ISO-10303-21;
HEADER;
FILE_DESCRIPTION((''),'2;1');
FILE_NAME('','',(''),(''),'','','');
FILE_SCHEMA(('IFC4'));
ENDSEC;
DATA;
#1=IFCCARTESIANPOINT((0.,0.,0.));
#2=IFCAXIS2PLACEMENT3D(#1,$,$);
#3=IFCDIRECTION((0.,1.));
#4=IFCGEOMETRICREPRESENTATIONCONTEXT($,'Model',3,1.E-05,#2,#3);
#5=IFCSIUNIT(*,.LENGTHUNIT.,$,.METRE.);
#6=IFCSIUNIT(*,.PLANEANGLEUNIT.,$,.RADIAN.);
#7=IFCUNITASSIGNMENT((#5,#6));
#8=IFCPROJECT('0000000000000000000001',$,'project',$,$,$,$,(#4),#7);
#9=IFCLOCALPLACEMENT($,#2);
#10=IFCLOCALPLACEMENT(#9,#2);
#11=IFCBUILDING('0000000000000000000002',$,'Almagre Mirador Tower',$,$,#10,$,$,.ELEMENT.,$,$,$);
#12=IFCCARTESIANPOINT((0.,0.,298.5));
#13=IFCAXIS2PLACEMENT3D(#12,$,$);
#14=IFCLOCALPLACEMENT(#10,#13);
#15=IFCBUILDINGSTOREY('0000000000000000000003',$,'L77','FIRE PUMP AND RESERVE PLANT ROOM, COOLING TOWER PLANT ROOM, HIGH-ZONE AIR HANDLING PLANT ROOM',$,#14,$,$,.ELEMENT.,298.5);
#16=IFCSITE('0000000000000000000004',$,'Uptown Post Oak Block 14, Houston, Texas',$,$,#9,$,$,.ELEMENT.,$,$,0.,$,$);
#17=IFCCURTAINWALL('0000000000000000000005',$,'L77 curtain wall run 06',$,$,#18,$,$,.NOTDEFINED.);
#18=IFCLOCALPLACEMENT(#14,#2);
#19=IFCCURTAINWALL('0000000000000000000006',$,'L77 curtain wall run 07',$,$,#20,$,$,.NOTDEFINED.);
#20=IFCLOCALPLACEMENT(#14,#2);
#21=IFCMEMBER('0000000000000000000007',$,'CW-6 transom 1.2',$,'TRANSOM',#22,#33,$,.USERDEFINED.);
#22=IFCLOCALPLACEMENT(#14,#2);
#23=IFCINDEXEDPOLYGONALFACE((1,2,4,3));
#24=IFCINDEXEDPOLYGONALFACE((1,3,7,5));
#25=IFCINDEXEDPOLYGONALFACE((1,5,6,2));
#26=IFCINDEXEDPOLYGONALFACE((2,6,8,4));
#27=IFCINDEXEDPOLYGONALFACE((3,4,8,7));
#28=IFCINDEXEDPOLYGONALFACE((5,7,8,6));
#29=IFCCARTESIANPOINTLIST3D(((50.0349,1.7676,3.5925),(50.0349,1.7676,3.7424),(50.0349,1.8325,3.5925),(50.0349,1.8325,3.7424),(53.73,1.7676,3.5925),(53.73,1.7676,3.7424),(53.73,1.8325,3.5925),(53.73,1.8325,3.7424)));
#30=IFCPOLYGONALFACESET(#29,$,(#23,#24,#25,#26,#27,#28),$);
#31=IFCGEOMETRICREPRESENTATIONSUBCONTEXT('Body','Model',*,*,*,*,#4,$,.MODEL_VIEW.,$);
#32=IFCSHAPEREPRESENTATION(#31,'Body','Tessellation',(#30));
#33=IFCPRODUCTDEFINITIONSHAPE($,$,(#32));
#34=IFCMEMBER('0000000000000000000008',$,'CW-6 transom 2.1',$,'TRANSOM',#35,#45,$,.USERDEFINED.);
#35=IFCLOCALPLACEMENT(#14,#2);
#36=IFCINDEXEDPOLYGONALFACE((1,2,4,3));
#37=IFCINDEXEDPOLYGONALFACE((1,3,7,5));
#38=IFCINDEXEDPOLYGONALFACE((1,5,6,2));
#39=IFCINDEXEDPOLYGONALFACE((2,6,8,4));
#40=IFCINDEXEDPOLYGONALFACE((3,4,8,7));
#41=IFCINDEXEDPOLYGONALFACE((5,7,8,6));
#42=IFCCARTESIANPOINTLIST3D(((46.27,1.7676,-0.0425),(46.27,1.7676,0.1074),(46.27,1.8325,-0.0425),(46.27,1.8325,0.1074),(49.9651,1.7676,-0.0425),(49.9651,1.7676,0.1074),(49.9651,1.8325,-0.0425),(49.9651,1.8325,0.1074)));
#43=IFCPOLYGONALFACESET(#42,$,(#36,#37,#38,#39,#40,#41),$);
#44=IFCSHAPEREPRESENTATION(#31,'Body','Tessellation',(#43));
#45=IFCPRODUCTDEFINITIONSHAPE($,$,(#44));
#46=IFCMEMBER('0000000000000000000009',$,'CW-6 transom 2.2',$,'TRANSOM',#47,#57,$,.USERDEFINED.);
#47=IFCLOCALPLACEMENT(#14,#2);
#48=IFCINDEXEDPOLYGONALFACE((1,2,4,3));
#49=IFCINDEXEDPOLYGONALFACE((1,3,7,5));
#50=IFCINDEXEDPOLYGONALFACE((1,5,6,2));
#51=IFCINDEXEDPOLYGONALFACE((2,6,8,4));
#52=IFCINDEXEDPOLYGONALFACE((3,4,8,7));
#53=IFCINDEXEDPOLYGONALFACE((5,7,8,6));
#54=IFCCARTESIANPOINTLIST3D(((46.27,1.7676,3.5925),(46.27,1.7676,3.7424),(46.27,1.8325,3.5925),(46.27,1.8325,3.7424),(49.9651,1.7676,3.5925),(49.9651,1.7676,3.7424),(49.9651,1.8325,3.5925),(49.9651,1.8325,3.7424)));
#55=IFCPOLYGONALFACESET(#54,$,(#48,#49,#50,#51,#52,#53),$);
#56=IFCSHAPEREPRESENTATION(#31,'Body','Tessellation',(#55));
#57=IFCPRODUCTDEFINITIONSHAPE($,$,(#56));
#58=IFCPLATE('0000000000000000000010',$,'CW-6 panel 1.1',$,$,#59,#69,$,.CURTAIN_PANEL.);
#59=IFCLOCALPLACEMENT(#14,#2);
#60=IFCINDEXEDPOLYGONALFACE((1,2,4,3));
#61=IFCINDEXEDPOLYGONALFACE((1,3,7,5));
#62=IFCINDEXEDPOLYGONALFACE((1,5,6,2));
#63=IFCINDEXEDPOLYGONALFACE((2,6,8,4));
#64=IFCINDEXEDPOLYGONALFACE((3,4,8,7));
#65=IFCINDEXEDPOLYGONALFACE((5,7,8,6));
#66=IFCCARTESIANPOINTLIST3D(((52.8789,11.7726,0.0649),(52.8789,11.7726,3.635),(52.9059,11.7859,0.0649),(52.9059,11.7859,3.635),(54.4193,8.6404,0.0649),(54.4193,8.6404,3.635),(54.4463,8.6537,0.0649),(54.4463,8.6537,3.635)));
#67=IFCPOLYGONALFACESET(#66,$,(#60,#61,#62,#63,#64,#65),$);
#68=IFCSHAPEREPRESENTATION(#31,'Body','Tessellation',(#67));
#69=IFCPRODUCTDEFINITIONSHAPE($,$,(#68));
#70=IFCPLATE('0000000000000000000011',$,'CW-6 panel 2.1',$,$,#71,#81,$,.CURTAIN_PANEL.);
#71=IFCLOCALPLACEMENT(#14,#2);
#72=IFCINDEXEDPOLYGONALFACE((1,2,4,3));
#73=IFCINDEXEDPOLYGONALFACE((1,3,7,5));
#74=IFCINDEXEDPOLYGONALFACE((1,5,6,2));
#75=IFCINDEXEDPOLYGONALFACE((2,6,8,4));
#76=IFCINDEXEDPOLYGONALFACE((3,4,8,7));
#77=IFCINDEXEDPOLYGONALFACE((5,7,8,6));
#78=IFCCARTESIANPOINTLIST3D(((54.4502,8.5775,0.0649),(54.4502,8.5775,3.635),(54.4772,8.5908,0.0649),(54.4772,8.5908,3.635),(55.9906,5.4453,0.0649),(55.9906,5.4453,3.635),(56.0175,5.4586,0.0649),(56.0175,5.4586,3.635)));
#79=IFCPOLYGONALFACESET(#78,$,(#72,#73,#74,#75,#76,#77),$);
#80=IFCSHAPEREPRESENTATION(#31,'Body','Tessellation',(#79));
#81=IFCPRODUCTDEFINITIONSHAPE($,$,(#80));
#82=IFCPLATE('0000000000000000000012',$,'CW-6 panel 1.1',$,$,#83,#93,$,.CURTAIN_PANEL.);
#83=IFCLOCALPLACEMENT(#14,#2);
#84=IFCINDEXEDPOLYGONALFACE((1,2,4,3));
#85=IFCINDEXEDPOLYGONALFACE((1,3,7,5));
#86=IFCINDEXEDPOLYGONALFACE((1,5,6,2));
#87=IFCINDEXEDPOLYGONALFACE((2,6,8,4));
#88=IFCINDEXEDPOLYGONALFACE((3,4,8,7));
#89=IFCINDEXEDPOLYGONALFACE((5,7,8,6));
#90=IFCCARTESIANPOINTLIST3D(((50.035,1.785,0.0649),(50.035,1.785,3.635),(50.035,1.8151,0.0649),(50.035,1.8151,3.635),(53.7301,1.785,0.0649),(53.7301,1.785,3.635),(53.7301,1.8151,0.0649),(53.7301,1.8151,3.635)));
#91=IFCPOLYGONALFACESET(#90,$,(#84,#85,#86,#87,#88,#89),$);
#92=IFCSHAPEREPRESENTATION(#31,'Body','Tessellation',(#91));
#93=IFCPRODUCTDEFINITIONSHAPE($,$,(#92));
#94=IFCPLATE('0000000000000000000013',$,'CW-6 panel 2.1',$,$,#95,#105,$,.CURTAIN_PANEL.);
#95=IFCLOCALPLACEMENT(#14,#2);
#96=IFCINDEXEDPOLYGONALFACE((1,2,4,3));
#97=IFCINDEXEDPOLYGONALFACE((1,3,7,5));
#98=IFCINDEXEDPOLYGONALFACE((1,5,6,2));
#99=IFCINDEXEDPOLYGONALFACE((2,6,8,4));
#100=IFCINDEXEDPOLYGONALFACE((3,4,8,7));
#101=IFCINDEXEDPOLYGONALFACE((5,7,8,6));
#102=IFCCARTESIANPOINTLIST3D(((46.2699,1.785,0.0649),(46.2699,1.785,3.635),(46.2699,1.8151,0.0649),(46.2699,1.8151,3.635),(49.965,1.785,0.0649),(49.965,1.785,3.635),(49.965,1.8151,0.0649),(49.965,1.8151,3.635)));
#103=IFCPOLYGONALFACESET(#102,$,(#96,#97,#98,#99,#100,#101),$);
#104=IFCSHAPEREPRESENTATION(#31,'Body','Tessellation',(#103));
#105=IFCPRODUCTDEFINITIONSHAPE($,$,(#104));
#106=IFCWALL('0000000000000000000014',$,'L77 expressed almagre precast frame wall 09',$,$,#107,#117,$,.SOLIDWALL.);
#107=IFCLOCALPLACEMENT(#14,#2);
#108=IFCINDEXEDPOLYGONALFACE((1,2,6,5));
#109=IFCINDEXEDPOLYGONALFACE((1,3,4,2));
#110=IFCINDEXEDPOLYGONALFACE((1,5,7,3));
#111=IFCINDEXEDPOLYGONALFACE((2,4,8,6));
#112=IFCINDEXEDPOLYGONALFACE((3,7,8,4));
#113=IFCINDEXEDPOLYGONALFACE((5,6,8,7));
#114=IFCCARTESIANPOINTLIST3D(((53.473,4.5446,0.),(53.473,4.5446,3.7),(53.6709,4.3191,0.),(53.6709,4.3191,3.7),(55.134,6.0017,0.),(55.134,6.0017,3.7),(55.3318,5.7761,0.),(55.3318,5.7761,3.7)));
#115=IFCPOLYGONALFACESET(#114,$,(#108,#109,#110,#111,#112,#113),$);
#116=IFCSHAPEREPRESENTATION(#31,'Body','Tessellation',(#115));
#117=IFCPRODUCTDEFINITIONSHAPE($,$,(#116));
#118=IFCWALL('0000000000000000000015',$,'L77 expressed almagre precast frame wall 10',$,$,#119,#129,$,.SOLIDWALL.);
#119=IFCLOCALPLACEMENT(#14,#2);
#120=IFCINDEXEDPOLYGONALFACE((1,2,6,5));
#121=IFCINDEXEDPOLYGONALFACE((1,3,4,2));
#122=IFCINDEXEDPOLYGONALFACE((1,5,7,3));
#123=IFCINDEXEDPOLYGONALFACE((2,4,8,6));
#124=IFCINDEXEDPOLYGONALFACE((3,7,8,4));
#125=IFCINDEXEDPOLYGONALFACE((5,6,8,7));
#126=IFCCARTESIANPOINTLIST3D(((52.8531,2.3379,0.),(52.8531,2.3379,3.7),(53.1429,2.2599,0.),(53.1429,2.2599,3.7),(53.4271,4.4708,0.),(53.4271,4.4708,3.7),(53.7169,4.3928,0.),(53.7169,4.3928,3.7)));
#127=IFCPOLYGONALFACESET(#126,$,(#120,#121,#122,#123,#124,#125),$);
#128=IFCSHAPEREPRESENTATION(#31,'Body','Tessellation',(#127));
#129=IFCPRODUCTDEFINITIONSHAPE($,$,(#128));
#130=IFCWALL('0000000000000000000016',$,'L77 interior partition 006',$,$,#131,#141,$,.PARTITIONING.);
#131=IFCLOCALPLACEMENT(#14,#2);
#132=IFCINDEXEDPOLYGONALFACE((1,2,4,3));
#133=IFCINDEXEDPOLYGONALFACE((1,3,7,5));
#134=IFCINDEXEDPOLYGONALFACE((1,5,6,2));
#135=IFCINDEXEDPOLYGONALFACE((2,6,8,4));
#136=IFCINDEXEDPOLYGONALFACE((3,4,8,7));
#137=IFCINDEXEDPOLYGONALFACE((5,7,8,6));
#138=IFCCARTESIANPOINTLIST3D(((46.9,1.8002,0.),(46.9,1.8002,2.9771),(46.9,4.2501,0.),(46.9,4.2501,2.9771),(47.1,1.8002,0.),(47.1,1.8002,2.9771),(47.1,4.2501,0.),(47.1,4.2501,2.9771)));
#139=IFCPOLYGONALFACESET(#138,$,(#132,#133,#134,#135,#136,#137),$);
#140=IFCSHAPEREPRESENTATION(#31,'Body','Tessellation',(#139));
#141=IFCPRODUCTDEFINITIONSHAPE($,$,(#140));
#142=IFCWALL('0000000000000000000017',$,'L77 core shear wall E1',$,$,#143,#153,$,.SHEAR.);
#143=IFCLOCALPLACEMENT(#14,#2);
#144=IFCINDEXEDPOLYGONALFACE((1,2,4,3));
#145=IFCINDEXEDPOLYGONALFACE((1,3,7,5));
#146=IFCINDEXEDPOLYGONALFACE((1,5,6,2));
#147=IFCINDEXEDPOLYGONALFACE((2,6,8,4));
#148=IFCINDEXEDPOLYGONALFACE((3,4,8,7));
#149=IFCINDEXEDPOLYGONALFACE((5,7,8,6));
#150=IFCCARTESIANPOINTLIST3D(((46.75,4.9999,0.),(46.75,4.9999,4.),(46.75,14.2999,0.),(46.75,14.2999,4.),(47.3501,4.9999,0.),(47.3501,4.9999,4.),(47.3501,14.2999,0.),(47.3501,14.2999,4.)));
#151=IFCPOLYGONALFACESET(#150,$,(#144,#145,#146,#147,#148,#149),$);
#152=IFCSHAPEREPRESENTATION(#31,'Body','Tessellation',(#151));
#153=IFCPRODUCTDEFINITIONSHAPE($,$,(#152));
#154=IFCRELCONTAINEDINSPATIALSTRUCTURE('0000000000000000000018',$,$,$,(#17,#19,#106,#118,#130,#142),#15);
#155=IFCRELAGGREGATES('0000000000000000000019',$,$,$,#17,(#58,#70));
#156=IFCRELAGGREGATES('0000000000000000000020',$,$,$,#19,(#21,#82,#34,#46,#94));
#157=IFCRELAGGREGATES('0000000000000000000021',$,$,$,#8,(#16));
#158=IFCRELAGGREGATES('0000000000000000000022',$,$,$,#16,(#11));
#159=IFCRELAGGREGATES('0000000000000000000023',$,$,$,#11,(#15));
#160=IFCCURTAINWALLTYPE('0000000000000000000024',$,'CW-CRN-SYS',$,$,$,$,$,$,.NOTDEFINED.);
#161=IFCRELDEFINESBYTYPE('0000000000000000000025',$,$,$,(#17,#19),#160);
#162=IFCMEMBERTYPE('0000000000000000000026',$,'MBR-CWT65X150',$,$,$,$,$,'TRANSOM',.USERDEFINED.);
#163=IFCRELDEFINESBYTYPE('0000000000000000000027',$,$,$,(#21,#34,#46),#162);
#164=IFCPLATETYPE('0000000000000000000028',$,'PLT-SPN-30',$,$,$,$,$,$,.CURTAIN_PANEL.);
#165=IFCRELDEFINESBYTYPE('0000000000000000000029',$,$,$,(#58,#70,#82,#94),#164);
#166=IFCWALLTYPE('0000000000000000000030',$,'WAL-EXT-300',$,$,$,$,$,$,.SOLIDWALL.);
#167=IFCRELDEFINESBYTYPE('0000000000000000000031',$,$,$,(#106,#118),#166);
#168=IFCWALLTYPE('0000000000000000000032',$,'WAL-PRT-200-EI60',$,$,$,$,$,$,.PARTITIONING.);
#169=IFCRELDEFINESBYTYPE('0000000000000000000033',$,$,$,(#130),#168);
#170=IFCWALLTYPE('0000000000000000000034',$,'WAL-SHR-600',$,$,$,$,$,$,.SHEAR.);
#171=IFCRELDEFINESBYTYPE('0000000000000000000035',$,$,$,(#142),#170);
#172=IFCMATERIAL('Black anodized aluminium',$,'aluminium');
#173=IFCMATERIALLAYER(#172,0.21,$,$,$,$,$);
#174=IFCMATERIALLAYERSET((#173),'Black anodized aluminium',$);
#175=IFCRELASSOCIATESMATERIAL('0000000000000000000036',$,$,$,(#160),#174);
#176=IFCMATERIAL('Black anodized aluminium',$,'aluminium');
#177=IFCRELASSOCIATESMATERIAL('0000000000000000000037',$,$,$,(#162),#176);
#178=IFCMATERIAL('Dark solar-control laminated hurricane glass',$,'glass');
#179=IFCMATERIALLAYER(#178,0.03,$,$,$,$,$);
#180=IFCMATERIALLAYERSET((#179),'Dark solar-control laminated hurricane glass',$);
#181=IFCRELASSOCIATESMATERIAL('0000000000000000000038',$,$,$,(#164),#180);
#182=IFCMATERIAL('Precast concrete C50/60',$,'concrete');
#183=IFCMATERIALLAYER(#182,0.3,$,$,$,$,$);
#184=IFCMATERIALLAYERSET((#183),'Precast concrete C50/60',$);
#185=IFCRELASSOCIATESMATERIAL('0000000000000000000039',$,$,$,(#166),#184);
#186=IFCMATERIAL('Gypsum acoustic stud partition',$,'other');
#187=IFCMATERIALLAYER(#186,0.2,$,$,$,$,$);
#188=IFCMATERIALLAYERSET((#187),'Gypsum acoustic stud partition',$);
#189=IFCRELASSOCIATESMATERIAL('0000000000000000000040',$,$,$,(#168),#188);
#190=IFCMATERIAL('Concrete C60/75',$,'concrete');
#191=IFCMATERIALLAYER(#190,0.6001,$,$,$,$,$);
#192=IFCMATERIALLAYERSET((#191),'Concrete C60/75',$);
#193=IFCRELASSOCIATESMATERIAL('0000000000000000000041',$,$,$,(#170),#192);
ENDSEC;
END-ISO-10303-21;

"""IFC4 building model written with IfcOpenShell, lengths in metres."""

from ifc_helpers import new_model, si_unit, direction, frame, frame_2d, origin, origin_2d, place, context, subcontext, project, spatial, rectangle, extrude, material, layer, layer_set, material_profile, profile_set, type_object, element, aggregate, save


model = new_model("IFC4")

# Units and contexts
model_context = context("Model", 3, precision=1e-05, world=origin(), true_north=direction((0.0, 1.0)))
body_context = subcontext(model_context, "Body", "Model", "MODEL_VIEW")
ifc_project = project(units=[si_unit("LENGTHUNIT", "METRE"), si_unit("PLANEANGLEUNIT", "RADIAN")], contexts=[model_context])

# Site, building, storey
site_placement = place(None, origin())
site = spatial("IfcSite", under=ifc_project, at=site_placement, Name="Uptown Post Oak Block 14, Houston, Texas", CompositionType="ELEMENT", RefElevation=0.0)
building_placement = place(site_placement, origin())
building = spatial("IfcBuilding", under=site, at=building_placement, Name="Almagre Mirador Tower", CompositionType="ELEMENT")
storey_placement = place(building_placement, frame((0.0, 0.0, 298.5)))
storey = spatial("IfcBuildingStorey", under=building, at=storey_placement, Name="L77", Description="FIRE PUMP AND RESERVE PLANT ROOM, COOLING TOWER PLANT ROOM, HIGH-ZONE AIR HANDLING PLANT ROOM", CompositionType="ELEMENT", Elevation=298.5)

# Curtain walls
ifc_material_1 = material(Name="Black anodized aluminium", Category="aluminium")
ifc_layer_1 = layer(ifc_material_1, 0.21)
ifc_layer_set_1 = layer_set([ifc_layer_1], Name="Black anodized aluminium")
curtain_wall_type = type_object("IfcCurtainWallType", Name="CW-CRN-SYS", PredefinedType="NOTDEFINED", material=ifc_layer_set_1)
curtain_wall_1_placement = place(storey_placement, origin())
curtain_wall_1 = element("IfcCurtainWall", 1, at=curtain_wall_1_placement, inside=storey, type_object=curtain_wall_type, Name="L77 curtain wall run 06", PredefinedType="NOTDEFINED")
curtain_wall_2_placement = place(storey_placement, origin())
curtain_wall_2 = element("IfcCurtainWall", 2, at=curtain_wall_2_placement, inside=storey, type_object=curtain_wall_type, Name="L77 curtain wall run 07", PredefinedType="NOTDEFINED")

# Members
ifc_material_2 = material(Name="Black anodized aluminium", Category="aluminium")
ifc_material_profile_1 = material_profile(ifc_material_2, rectangle(XDim=0.0649, YDim=0.1499, at=origin_2d()), Name="CWT65X150")
ifc_profile_set_1 = profile_set([ifc_material_profile_1], Name="Black anodized aluminium")
member_type_1 = type_object("IfcMemberType", Name="MBR-CWT65X150", ElementType="TRANSOM", PredefinedType="USERDEFINED", material=ifc_profile_set_1)
member_1_placement = place(storey_placement, frame((53.73, 1.8, 3.6675), z_axis=(-1.0, 0.0, 0.0), x_axis=(0.0, -1.0, 0.0)))
member_1 = element("IfcMember", 3, at=member_1_placement, type_object=member_type_1, Name="CW-6 transom 1.2", ObjectType="TRANSOM", PredefinedType="USERDEFINED", context=body_context, shape_type="SweptSolid", body=[
    extrude(rectangle(XDim=0.0649, YDim=0.1499, at=origin_2d()), origin(), (0.0, 0.0, 1.0), 3.6951),
])
member_2_placement = place(storey_placement, frame((49.9651, 1.8, 0.0325), z_axis=(-1.0, 0.0, 0.0), x_axis=(0.0, -1.0, 0.0)))
member_2 = element("IfcMember", 4, at=member_2_placement, type_object=member_type_1, Name="CW-6 transom 2.1", ObjectType="TRANSOM", PredefinedType="USERDEFINED", context=body_context, shape_type="SweptSolid", body=[
    extrude(rectangle(XDim=0.0649, YDim=0.1499, at=origin_2d()), origin(), (0.0, 0.0, 1.0), 3.6951),
])
member_3_placement = place(storey_placement, frame((49.9651, 1.8, 3.6675), z_axis=(-1.0, 0.0, 0.0), x_axis=(0.0, -1.0, 0.0)))
member_3 = element("IfcMember", 5, at=member_3_placement, type_object=member_type_1, Name="CW-6 transom 2.2", ObjectType="TRANSOM", PredefinedType="USERDEFINED", context=body_context, shape_type="SweptSolid", body=[
    extrude(rectangle(XDim=0.0649, YDim=0.1499, at=origin_2d()), origin(), (0.0, 0.0, 1.0), 3.6951),
])

# Plates
ifc_material_3 = material(Name="Dark solar-control laminated hurricane glass", Category="glass")
ifc_layer_2 = layer(ifc_material_3, 0.03)
ifc_layer_set_2 = layer_set([ifc_layer_2], Name="Dark solar-control laminated hurricane glass")
plate_type = type_object("IfcPlateType", Name="PLT-SPN-30", PredefinedType="CURTAIN_PANEL", material=ifc_layer_set_2)
plate_1_placement = place(storey_placement, frame((53.6626, 10.2131, 0.0649), z_axis=(0.0, 0.0, 1.0), x_axis=(0.441308, -0.897356, 0.0)))
plate_1 = element("IfcPlate", 6, at=plate_1_placement, type_object=plate_type, Name="CW-6 panel 1.1", PredefinedType="CURTAIN_PANEL", context=body_context, shape_type="SweptSolid", body=[
    extrude(rectangle(XDim=3.4905, YDim=0.03, at=origin_2d()), origin(), (0.0, 0.0, 1.0), 3.5701),
])
plate_2_placement = place(storey_placement, frame((55.2339, 7.0181, 0.0649), z_axis=(0.0, 0.0, 1.0), x_axis=(0.441308, -0.897356, 0.0)))
plate_2 = element("IfcPlate", 7, at=plate_2_placement, type_object=plate_type, Name="CW-6 panel 2.1", PredefinedType="CURTAIN_PANEL", context=body_context, shape_type="SweptSolid", body=[
    extrude(rectangle(XDim=3.4905, YDim=0.03, at=origin_2d()), origin(), (0.0, 0.0, 1.0), 3.5701),
])
aggregate(curtain_wall_1, [plate_1, plate_2])
plate_3_placement = place(storey_placement, frame((51.8826, 1.8, 0.0649), z_axis=(0.0, 0.0, 1.0), x_axis=(-1.0, 0.0, 0.0)))
plate_3 = element("IfcPlate", 8, at=plate_3_placement, type_object=plate_type, Name="CW-6 panel 1.1", PredefinedType="CURTAIN_PANEL", context=body_context, shape_type="SweptSolid", body=[
    extrude(rectangle(XDim=3.6951, YDim=0.03, at=origin_2d()), origin(), (0.0, 0.0, 1.0), 3.5701),
])
plate_4_placement = place(storey_placement, frame((48.1174, 1.8, 0.0649), z_axis=(0.0, 0.0, 1.0), x_axis=(-1.0, 0.0, 0.0)))
plate_4 = element("IfcPlate", 9, at=plate_4_placement, type_object=plate_type, Name="CW-6 panel 2.1", PredefinedType="CURTAIN_PANEL", context=body_context, shape_type="SweptSolid", body=[
    extrude(rectangle(XDim=3.6951, YDim=0.03, at=origin_2d()), origin(), (0.0, 0.0, 1.0), 3.5701),
])
aggregate(curtain_wall_2, [member_1, plate_3, member_2, member_3, plate_4])

# Walls
ifc_material_4 = material(Name="Precast concrete C50/60", Category="concrete")
ifc_layer_3 = layer(ifc_material_4, 0.3)
ifc_layer_set_3 = layer_set([ifc_layer_3], Name="Precast concrete C50/60")
wall_type_1 = type_object("IfcWallType", Name="WAL-EXT-300", PredefinedType="SOLIDWALL", material=ifc_layer_set_3)
wall_1_placement = place(storey_placement, frame((55.2329, 5.8889, 0.0), z_axis=(0.0, 0.0, 1.0), x_axis=(-0.751734, -0.659466, 0.0)))
element("IfcWall", 10, at=wall_1_placement, inside=storey, type_object=wall_type_1, Name="L77 expressed almagre precast frame wall 09", PredefinedType="SOLIDWALL", context=body_context, shape_type="SweptSolid", body=[
    extrude(rectangle(XDim=2.2095, YDim=0.3, at=frame_2d((1.1047, 0.0))), origin(), (0.0, 0.0, 1.0), 3.7),
])
wall_2_placement = place(storey_placement, frame((53.572, 4.4319, 0.0), z_axis=(0.0, 0.0, 1.0), x_axis=(-0.25987, -0.965644, 0.0)))
element("IfcWall", 11, at=wall_2_placement, inside=storey, type_object=wall_type_1, Name="L77 expressed almagre precast frame wall 10", PredefinedType="SOLIDWALL", context=body_context, shape_type="SweptSolid", body=[
    extrude(rectangle(XDim=2.2087, YDim=0.3, at=frame_2d((1.1045, 0.0))), origin(), (0.0, 0.0, 1.0), 3.7),
])
ifc_material_5 = material(Name="Gypsum acoustic stud partition", Category="other")
ifc_layer_4 = layer(ifc_material_5, 0.2)
ifc_layer_set_4 = layer_set([ifc_layer_4], Name="Gypsum acoustic stud partition")
wall_type_2 = type_object("IfcWallType", Name="WAL-PRT-200-EI60", PredefinedType="PARTITIONING", material=ifc_layer_set_4)
wall_3_placement = place(storey_placement, frame((47.0, 1.8, 0.0), z_axis=(0.0, 0.0, 1.0), x_axis=(0.0, 1.0, 0.0)))
element("IfcWall", 12, at=wall_3_placement, inside=storey, type_object=wall_type_2, Name="L77 interior partition 006", PredefinedType="PARTITIONING", context=body_context, shape_type="SweptSolid", body=[
    extrude(rectangle(XDim=2.45, YDim=0.2, at=frame_2d((1.2251, 0.0))), origin(), (0.0, 0.0, 1.0), 2.9771),
])
ifc_material_6 = material(Name="Concrete C60/75", Category="concrete")
ifc_layer_5 = layer(ifc_material_6, 0.6001)
ifc_layer_set_5 = layer_set([ifc_layer_5], Name="Concrete C60/75")
wall_type_3 = type_object("IfcWallType", Name="WAL-SHR-600", PredefinedType="SHEAR", material=ifc_layer_set_5)
wall_4_placement = place(storey_placement, frame((47.05, 5.0, 0.0), z_axis=(0.0, 0.0, 1.0), x_axis=(0.0, 1.0, 0.0)))
element("IfcWall", 13, at=wall_4_placement, inside=storey, type_object=wall_type_3, Name="L77 core shear wall E1", PredefinedType="SHEAR", context=body_context, shape_type="SweptSolid", body=[
    extrude(rectangle(XDim=9.3, YDim=0.6001, at=frame_2d((4.6499, 0.0))), origin(), (0.0, 0.0, 1.0), 4.0),
])

save(model, "model.ifc")
